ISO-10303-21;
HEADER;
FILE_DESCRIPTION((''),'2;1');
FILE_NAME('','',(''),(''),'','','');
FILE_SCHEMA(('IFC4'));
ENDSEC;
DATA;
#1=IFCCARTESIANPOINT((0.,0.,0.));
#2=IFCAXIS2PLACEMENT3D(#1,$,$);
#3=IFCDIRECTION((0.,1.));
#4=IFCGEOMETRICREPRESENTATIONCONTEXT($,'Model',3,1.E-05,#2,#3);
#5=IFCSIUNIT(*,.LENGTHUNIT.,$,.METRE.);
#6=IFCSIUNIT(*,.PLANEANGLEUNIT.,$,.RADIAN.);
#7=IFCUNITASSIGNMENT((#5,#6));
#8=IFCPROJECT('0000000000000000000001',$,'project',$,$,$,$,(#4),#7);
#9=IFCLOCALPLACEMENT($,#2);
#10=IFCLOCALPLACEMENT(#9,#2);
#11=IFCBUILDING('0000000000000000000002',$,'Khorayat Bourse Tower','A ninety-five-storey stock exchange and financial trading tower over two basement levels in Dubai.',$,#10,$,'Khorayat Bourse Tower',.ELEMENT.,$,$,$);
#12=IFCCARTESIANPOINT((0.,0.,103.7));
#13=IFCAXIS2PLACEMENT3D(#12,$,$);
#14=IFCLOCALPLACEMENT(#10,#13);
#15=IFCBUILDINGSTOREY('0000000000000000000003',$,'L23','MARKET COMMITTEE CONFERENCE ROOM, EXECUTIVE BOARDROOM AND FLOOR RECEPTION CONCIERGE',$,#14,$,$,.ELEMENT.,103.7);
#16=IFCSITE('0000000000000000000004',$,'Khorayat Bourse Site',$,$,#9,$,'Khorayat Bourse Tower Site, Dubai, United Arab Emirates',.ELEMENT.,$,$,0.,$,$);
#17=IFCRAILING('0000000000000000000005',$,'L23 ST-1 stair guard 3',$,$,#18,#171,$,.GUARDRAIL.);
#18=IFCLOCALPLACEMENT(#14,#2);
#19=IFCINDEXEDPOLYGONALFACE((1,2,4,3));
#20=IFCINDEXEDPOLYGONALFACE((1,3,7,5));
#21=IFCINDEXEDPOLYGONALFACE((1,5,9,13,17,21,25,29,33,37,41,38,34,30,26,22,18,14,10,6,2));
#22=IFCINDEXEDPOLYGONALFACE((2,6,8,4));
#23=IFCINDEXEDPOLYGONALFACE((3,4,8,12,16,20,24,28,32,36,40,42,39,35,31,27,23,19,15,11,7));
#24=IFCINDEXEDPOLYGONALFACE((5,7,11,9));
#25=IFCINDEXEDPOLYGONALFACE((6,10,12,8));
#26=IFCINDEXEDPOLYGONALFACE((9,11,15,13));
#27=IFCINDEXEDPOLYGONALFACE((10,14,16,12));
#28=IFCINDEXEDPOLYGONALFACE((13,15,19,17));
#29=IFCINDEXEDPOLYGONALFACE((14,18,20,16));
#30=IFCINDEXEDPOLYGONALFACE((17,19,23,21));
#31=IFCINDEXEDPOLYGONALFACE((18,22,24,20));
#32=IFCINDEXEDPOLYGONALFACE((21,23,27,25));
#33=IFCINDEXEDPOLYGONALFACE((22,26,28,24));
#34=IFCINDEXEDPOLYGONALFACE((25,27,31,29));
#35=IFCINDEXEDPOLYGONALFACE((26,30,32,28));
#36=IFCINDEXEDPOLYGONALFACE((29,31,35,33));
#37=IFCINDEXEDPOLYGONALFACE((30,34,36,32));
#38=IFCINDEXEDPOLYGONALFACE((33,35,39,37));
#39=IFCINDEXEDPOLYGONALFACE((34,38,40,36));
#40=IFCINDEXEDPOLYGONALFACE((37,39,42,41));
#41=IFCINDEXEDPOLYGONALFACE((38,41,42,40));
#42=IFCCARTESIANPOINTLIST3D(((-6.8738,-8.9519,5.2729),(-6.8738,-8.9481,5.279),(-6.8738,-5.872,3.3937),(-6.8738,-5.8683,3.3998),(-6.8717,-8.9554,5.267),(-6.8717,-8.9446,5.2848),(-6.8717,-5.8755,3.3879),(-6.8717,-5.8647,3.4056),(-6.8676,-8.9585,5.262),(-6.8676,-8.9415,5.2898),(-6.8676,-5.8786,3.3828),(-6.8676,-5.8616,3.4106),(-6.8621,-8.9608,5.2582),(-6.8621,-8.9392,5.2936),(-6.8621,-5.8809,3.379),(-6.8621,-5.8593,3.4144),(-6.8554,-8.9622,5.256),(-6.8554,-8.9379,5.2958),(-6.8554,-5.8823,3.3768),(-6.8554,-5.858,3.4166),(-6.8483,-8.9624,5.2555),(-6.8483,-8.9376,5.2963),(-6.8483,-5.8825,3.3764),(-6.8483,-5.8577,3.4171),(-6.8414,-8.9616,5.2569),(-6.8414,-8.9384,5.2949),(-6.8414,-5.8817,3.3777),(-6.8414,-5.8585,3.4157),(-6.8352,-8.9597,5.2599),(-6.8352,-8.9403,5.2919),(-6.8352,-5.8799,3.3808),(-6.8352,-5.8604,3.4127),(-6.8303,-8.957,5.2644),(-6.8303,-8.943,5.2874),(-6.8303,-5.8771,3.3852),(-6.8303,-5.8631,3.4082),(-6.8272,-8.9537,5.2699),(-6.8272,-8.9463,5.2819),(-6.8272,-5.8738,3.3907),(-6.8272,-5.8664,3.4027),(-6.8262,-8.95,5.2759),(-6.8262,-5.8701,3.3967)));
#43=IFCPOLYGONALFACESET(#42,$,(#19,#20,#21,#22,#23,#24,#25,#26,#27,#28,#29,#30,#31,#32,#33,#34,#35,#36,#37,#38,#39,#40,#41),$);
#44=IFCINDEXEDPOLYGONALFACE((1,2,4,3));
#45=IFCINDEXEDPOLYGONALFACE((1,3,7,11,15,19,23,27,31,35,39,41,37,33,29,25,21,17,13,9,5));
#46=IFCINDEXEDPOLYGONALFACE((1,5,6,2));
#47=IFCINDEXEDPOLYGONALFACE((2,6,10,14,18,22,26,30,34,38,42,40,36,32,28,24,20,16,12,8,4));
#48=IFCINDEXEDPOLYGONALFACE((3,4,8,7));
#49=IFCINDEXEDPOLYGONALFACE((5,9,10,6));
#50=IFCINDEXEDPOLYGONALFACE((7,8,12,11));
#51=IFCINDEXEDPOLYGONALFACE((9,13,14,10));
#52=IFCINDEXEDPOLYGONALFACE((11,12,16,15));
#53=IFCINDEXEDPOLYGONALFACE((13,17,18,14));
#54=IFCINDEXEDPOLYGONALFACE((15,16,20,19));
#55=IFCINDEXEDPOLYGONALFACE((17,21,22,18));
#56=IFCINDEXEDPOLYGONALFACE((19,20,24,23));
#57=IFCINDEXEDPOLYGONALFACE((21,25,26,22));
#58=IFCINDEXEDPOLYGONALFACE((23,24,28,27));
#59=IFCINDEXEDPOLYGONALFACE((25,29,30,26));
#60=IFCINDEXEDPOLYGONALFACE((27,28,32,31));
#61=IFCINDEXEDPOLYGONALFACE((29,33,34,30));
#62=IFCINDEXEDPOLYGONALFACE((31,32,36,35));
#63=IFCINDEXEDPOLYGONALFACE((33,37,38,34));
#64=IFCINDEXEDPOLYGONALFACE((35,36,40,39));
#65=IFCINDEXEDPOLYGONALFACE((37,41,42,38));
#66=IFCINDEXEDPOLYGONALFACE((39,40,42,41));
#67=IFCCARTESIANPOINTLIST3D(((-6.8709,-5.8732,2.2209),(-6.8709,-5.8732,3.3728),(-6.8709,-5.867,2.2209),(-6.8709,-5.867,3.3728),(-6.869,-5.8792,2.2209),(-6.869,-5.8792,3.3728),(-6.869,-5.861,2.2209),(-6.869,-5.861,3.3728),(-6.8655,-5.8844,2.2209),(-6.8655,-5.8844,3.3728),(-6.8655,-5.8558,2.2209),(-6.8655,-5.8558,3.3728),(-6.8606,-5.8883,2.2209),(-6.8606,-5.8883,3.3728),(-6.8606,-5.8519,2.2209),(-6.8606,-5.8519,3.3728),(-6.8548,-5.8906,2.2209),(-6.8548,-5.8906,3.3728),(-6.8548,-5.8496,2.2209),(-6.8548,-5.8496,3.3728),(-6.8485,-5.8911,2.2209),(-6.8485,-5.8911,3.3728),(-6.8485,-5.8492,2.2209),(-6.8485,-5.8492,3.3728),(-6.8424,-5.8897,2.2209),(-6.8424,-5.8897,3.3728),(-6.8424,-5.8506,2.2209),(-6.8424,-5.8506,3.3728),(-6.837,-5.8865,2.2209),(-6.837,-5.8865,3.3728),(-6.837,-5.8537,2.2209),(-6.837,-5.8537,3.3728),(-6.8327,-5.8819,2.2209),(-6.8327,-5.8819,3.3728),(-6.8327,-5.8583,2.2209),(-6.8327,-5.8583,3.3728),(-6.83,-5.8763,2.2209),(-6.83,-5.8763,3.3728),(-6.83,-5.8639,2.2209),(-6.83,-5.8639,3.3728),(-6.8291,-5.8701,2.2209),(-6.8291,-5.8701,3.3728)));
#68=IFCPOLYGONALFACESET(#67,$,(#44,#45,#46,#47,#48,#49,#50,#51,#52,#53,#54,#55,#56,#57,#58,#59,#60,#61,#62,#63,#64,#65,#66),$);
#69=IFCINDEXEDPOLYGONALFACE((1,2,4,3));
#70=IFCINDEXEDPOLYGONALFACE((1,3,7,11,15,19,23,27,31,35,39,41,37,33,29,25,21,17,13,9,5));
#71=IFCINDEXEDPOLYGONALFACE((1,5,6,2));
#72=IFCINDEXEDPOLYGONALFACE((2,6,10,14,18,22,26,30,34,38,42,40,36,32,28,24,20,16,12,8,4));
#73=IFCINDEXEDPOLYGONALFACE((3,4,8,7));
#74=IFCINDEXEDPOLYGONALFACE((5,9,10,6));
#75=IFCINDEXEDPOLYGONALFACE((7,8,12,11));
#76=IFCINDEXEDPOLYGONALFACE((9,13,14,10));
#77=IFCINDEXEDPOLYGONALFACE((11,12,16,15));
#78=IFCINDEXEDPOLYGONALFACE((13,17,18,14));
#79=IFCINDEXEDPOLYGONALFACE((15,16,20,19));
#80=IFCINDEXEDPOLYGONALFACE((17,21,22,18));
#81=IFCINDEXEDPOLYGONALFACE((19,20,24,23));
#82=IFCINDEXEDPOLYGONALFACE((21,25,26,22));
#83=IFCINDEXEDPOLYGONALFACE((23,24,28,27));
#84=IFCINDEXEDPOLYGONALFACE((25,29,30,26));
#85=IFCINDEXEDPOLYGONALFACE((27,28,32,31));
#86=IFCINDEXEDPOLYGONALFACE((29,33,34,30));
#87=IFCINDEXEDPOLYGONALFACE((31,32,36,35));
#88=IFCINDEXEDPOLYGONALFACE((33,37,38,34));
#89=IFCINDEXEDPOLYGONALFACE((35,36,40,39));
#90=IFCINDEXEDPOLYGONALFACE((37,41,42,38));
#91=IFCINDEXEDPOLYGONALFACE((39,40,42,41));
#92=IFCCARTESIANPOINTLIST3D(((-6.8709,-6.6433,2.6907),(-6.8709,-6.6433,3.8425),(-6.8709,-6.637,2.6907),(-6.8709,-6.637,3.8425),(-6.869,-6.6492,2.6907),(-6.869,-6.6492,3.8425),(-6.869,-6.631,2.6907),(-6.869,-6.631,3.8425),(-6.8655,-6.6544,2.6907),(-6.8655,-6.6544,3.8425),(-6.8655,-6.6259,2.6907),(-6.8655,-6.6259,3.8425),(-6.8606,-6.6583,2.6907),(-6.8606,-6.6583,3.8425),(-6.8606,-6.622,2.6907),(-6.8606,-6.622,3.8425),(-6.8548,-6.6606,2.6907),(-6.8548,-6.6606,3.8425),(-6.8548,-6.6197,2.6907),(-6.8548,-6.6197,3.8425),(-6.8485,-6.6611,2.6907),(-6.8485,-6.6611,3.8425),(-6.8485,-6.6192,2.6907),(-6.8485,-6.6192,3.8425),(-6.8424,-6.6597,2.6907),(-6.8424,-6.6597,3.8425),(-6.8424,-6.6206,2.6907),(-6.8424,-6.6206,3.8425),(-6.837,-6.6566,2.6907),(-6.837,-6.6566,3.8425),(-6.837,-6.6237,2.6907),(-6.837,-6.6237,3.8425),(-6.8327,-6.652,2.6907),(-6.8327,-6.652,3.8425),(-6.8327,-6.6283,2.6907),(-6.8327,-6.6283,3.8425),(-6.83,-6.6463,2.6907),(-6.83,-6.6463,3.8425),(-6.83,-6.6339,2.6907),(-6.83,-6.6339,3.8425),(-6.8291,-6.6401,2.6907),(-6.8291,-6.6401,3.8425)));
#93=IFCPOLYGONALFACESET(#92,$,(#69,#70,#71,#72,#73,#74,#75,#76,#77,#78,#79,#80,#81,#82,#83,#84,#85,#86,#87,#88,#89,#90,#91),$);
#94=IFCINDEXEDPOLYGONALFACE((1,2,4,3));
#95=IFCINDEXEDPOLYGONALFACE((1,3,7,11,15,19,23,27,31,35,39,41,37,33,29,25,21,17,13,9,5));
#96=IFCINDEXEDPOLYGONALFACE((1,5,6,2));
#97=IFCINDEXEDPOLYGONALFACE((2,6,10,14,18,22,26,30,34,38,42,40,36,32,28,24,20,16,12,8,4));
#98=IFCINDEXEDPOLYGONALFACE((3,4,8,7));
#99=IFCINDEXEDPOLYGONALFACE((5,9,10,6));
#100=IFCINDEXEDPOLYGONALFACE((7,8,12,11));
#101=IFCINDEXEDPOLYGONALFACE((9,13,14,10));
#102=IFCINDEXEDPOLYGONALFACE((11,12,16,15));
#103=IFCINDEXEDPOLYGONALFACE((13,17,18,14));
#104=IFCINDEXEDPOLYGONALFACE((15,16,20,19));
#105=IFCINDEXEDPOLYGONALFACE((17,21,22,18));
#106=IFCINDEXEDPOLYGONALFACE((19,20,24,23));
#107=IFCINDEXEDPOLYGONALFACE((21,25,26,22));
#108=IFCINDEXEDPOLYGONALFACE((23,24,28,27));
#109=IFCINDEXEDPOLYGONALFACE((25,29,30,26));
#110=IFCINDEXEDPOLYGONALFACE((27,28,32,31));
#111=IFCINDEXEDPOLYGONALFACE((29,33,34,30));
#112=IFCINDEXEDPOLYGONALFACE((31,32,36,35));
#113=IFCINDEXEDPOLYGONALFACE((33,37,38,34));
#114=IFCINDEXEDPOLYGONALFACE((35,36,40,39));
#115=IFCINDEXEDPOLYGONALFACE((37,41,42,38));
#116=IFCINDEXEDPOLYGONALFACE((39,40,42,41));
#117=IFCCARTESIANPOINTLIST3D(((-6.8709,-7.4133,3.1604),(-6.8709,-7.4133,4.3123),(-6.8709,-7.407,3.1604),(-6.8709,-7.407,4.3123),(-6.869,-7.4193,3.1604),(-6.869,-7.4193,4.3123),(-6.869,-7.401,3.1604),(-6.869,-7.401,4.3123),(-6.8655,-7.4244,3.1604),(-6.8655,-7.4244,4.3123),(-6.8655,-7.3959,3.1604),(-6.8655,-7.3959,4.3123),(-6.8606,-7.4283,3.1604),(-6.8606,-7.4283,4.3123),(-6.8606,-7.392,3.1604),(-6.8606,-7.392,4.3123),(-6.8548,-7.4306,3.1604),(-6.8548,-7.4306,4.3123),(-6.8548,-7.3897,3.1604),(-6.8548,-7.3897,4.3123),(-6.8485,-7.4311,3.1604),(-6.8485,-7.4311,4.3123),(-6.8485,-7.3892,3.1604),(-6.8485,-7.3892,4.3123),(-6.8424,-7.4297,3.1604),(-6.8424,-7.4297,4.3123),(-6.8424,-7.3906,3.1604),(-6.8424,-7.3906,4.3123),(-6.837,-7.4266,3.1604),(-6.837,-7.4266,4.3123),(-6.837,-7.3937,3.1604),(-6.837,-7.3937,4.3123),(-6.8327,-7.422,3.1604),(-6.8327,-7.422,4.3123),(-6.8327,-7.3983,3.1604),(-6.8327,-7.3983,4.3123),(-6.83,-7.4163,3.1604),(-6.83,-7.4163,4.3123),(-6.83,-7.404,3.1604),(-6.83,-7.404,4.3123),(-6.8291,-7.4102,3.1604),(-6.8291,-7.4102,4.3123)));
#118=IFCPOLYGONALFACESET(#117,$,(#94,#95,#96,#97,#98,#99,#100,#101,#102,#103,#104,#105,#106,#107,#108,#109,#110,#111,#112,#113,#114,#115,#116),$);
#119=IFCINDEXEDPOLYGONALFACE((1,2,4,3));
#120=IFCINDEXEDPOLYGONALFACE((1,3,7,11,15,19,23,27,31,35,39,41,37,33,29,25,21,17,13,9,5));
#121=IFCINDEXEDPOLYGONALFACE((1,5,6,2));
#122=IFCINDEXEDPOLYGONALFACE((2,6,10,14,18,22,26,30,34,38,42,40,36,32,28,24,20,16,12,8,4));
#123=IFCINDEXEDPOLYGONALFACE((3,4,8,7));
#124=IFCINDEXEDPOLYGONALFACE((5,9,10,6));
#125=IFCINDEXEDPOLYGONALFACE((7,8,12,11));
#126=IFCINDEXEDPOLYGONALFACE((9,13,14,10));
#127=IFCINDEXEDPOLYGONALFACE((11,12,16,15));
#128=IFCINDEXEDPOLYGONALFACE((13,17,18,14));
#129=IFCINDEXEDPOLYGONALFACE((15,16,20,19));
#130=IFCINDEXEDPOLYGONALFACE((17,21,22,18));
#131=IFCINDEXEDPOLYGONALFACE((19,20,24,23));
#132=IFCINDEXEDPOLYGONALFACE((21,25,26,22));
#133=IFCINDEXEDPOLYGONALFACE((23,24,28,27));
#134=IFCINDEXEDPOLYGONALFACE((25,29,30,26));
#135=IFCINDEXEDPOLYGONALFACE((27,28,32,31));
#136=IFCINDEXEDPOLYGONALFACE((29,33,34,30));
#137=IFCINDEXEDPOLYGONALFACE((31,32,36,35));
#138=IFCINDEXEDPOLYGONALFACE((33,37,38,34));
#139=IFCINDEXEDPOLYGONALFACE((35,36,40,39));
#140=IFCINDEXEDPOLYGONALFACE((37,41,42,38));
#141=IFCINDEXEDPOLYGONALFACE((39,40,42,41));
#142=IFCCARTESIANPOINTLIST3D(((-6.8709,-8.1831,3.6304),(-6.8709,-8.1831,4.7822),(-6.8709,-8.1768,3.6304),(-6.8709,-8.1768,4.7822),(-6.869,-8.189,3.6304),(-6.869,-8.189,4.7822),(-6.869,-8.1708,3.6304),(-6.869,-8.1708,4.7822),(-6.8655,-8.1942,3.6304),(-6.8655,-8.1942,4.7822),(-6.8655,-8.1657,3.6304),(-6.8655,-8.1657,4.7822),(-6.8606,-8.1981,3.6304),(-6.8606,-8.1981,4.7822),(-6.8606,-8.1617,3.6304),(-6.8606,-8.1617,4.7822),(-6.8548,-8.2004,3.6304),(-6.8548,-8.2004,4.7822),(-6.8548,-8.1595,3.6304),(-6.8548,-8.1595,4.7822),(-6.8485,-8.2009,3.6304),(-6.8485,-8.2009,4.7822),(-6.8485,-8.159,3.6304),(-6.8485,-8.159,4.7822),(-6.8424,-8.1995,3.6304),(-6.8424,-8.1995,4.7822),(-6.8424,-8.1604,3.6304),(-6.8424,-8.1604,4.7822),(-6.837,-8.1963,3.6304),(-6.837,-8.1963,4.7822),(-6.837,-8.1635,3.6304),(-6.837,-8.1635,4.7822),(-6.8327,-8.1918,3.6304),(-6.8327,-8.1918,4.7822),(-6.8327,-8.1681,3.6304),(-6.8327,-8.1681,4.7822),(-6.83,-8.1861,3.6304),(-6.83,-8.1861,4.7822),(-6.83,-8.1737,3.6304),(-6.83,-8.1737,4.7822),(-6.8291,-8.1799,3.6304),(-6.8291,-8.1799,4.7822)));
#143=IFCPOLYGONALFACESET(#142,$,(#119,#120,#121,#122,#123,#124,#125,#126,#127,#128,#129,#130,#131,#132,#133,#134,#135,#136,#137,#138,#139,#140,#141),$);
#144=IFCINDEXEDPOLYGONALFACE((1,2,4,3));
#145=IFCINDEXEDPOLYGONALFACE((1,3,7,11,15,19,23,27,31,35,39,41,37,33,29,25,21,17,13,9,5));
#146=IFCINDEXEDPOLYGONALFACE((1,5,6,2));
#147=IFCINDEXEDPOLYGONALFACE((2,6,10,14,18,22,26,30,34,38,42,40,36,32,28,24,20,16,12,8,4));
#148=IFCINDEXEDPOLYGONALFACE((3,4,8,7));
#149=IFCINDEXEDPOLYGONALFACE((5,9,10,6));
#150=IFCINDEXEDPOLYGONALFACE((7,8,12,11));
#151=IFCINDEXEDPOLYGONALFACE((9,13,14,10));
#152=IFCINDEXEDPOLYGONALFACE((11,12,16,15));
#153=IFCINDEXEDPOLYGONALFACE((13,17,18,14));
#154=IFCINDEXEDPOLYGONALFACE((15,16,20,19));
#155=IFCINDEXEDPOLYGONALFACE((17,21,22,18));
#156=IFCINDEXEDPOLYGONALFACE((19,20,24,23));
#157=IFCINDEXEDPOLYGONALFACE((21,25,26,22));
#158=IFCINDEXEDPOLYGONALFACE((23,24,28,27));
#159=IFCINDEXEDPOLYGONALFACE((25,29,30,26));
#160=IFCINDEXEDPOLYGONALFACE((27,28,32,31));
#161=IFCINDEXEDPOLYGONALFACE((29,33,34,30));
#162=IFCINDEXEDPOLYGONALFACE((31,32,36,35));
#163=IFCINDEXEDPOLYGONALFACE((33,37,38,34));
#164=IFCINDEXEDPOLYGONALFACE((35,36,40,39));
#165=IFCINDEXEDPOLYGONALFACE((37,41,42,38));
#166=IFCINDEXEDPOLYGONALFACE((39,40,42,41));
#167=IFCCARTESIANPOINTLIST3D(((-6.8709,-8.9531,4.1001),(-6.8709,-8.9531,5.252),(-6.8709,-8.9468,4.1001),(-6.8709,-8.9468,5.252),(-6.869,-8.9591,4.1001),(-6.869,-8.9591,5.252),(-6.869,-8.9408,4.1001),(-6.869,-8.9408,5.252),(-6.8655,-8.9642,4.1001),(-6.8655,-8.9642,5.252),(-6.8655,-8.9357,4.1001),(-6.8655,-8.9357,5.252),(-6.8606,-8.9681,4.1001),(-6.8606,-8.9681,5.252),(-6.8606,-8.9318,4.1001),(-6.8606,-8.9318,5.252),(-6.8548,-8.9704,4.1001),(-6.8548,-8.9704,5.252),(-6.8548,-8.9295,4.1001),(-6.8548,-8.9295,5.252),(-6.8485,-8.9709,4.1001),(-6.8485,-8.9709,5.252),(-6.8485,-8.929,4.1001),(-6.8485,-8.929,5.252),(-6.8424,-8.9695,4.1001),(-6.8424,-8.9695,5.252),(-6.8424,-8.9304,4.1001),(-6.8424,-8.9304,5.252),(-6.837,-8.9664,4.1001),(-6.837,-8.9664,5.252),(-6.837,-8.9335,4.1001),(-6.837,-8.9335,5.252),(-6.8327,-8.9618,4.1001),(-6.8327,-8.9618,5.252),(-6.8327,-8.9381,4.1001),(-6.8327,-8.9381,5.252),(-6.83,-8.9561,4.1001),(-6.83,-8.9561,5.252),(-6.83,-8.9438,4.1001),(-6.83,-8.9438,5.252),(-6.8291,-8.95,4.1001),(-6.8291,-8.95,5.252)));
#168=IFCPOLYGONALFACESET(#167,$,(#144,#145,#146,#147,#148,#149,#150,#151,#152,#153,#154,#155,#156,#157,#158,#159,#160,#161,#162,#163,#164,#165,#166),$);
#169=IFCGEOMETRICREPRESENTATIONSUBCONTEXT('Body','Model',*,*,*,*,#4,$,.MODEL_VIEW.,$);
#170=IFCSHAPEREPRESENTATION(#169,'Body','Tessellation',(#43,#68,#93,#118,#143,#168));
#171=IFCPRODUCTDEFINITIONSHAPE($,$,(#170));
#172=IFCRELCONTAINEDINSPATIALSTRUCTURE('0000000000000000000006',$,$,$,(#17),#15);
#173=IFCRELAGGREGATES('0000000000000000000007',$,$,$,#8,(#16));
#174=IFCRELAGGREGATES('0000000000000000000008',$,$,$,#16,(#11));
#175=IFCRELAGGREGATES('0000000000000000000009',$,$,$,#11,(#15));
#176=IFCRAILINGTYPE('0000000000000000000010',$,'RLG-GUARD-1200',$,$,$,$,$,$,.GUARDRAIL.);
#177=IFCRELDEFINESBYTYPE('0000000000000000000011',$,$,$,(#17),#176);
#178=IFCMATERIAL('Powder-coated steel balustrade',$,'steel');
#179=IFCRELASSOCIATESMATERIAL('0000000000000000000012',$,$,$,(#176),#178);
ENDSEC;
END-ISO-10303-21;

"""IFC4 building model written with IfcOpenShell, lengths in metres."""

from ifc_helpers import new_model, si_unit, direction, frame, origin, origin_2d, place, context, subcontext, project, spatial, circle, extrude, source, transform, mapped, material, type_object, element, save


model = new_model("IFC4")

# Units and contexts
model_context = context("Model", 3, precision=1e-05, world=origin(), true_north=direction((0.0, 1.0)))
body_context = subcontext(model_context, "Body", "Model", "MODEL_VIEW")
ifc_project = project(units=[si_unit("LENGTHUNIT", "METRE"), si_unit("PLANEANGLEUNIT", "RADIAN")], contexts=[model_context])

# Site, building, storey
site_placement = place(None, origin())
site = spatial("IfcSite", under=ifc_project, at=site_placement, Name="Khorayat Bourse Site", LongName="Khorayat Bourse Tower Site, Dubai, United Arab Emirates", CompositionType="ELEMENT", RefElevation=0.0)
building_placement = place(site_placement, origin())
building = spatial("IfcBuilding", under=site, at=building_placement, Name="Khorayat Bourse Tower", Description="A ninety-five-storey stock exchange and financial trading tower over two basement levels in Dubai.", LongName="Khorayat Bourse Tower", CompositionType="ELEMENT")
storey_placement = place(building_placement, frame((0.0, 0.0, 103.7)))
storey = spatial("IfcBuildingStorey", under=building, at=storey_placement, Name="L23", Description="MARKET COMMITTEE CONFERENCE ROOM, EXECUTIVE BOARDROOM AND FLOOR RECEPTION CONCIERGE", CompositionType="ELEMENT", Elevation=103.7)

# Railing
ifc_material_1 = material(Name="Powder-coated steel balustrade", Category="steel")
railing_type_1 = type_object("IfcRailingType", Name="RLG-GUARD-1200", PredefinedType="GUARDRAIL", material=ifc_material_1)
shared_shape_1 = source(origin(), body_context, "Body", "SweptSolid", [
    extrude(circle(Radius=0.0239, at=origin_2d()), frame((0.0, 0.0, 1.1758), z_axis=(0.0, -0.853648, 0.52085), x_axis=(1.0, 0.0, 0.0)), (0.0, 0.0, 1.0), 3.6079),
    extrude(circle(Radius=0.021, at=origin_2d()), origin(), (0.0, 0.0, 1.0), 1.1519),
    extrude(circle(Radius=0.021, at=origin_2d()), frame((0.0, -0.77, 0.4697)), (0.0, 0.0, 1.0), 1.1519),
    extrude(circle(Radius=0.021, at=origin_2d()), frame((0.0, -1.54, 0.9395)), (0.0, 0.0, 1.0), 1.1519),
    extrude(circle(Radius=0.021, at=origin_2d()), frame((0.0, -2.3098, 1.4094)), (0.0, 0.0, 1.0), 1.1519),
    extrude(circle(Radius=0.021, at=origin_2d()), frame((0.0, -3.0798, 1.8792)), (0.0, 0.0, 1.0), 1.1519),
])
railing_1_placement = place(storey_placement, frame((-6.8501, -5.8701, 2.2209)))
element("IfcRailing", 1, at=railing_1_placement, inside=storey, type_object=railing_type_1, Name="L23 ST-1 stair guard 3", PredefinedType="GUARDRAIL", context=body_context, shape_type="MappedRepresentation", body=[
    mapped(shared_shape_1, transform((0.0, 0.0, 0.0), scale=1.0)),
])

save(model, "model.ifc")
